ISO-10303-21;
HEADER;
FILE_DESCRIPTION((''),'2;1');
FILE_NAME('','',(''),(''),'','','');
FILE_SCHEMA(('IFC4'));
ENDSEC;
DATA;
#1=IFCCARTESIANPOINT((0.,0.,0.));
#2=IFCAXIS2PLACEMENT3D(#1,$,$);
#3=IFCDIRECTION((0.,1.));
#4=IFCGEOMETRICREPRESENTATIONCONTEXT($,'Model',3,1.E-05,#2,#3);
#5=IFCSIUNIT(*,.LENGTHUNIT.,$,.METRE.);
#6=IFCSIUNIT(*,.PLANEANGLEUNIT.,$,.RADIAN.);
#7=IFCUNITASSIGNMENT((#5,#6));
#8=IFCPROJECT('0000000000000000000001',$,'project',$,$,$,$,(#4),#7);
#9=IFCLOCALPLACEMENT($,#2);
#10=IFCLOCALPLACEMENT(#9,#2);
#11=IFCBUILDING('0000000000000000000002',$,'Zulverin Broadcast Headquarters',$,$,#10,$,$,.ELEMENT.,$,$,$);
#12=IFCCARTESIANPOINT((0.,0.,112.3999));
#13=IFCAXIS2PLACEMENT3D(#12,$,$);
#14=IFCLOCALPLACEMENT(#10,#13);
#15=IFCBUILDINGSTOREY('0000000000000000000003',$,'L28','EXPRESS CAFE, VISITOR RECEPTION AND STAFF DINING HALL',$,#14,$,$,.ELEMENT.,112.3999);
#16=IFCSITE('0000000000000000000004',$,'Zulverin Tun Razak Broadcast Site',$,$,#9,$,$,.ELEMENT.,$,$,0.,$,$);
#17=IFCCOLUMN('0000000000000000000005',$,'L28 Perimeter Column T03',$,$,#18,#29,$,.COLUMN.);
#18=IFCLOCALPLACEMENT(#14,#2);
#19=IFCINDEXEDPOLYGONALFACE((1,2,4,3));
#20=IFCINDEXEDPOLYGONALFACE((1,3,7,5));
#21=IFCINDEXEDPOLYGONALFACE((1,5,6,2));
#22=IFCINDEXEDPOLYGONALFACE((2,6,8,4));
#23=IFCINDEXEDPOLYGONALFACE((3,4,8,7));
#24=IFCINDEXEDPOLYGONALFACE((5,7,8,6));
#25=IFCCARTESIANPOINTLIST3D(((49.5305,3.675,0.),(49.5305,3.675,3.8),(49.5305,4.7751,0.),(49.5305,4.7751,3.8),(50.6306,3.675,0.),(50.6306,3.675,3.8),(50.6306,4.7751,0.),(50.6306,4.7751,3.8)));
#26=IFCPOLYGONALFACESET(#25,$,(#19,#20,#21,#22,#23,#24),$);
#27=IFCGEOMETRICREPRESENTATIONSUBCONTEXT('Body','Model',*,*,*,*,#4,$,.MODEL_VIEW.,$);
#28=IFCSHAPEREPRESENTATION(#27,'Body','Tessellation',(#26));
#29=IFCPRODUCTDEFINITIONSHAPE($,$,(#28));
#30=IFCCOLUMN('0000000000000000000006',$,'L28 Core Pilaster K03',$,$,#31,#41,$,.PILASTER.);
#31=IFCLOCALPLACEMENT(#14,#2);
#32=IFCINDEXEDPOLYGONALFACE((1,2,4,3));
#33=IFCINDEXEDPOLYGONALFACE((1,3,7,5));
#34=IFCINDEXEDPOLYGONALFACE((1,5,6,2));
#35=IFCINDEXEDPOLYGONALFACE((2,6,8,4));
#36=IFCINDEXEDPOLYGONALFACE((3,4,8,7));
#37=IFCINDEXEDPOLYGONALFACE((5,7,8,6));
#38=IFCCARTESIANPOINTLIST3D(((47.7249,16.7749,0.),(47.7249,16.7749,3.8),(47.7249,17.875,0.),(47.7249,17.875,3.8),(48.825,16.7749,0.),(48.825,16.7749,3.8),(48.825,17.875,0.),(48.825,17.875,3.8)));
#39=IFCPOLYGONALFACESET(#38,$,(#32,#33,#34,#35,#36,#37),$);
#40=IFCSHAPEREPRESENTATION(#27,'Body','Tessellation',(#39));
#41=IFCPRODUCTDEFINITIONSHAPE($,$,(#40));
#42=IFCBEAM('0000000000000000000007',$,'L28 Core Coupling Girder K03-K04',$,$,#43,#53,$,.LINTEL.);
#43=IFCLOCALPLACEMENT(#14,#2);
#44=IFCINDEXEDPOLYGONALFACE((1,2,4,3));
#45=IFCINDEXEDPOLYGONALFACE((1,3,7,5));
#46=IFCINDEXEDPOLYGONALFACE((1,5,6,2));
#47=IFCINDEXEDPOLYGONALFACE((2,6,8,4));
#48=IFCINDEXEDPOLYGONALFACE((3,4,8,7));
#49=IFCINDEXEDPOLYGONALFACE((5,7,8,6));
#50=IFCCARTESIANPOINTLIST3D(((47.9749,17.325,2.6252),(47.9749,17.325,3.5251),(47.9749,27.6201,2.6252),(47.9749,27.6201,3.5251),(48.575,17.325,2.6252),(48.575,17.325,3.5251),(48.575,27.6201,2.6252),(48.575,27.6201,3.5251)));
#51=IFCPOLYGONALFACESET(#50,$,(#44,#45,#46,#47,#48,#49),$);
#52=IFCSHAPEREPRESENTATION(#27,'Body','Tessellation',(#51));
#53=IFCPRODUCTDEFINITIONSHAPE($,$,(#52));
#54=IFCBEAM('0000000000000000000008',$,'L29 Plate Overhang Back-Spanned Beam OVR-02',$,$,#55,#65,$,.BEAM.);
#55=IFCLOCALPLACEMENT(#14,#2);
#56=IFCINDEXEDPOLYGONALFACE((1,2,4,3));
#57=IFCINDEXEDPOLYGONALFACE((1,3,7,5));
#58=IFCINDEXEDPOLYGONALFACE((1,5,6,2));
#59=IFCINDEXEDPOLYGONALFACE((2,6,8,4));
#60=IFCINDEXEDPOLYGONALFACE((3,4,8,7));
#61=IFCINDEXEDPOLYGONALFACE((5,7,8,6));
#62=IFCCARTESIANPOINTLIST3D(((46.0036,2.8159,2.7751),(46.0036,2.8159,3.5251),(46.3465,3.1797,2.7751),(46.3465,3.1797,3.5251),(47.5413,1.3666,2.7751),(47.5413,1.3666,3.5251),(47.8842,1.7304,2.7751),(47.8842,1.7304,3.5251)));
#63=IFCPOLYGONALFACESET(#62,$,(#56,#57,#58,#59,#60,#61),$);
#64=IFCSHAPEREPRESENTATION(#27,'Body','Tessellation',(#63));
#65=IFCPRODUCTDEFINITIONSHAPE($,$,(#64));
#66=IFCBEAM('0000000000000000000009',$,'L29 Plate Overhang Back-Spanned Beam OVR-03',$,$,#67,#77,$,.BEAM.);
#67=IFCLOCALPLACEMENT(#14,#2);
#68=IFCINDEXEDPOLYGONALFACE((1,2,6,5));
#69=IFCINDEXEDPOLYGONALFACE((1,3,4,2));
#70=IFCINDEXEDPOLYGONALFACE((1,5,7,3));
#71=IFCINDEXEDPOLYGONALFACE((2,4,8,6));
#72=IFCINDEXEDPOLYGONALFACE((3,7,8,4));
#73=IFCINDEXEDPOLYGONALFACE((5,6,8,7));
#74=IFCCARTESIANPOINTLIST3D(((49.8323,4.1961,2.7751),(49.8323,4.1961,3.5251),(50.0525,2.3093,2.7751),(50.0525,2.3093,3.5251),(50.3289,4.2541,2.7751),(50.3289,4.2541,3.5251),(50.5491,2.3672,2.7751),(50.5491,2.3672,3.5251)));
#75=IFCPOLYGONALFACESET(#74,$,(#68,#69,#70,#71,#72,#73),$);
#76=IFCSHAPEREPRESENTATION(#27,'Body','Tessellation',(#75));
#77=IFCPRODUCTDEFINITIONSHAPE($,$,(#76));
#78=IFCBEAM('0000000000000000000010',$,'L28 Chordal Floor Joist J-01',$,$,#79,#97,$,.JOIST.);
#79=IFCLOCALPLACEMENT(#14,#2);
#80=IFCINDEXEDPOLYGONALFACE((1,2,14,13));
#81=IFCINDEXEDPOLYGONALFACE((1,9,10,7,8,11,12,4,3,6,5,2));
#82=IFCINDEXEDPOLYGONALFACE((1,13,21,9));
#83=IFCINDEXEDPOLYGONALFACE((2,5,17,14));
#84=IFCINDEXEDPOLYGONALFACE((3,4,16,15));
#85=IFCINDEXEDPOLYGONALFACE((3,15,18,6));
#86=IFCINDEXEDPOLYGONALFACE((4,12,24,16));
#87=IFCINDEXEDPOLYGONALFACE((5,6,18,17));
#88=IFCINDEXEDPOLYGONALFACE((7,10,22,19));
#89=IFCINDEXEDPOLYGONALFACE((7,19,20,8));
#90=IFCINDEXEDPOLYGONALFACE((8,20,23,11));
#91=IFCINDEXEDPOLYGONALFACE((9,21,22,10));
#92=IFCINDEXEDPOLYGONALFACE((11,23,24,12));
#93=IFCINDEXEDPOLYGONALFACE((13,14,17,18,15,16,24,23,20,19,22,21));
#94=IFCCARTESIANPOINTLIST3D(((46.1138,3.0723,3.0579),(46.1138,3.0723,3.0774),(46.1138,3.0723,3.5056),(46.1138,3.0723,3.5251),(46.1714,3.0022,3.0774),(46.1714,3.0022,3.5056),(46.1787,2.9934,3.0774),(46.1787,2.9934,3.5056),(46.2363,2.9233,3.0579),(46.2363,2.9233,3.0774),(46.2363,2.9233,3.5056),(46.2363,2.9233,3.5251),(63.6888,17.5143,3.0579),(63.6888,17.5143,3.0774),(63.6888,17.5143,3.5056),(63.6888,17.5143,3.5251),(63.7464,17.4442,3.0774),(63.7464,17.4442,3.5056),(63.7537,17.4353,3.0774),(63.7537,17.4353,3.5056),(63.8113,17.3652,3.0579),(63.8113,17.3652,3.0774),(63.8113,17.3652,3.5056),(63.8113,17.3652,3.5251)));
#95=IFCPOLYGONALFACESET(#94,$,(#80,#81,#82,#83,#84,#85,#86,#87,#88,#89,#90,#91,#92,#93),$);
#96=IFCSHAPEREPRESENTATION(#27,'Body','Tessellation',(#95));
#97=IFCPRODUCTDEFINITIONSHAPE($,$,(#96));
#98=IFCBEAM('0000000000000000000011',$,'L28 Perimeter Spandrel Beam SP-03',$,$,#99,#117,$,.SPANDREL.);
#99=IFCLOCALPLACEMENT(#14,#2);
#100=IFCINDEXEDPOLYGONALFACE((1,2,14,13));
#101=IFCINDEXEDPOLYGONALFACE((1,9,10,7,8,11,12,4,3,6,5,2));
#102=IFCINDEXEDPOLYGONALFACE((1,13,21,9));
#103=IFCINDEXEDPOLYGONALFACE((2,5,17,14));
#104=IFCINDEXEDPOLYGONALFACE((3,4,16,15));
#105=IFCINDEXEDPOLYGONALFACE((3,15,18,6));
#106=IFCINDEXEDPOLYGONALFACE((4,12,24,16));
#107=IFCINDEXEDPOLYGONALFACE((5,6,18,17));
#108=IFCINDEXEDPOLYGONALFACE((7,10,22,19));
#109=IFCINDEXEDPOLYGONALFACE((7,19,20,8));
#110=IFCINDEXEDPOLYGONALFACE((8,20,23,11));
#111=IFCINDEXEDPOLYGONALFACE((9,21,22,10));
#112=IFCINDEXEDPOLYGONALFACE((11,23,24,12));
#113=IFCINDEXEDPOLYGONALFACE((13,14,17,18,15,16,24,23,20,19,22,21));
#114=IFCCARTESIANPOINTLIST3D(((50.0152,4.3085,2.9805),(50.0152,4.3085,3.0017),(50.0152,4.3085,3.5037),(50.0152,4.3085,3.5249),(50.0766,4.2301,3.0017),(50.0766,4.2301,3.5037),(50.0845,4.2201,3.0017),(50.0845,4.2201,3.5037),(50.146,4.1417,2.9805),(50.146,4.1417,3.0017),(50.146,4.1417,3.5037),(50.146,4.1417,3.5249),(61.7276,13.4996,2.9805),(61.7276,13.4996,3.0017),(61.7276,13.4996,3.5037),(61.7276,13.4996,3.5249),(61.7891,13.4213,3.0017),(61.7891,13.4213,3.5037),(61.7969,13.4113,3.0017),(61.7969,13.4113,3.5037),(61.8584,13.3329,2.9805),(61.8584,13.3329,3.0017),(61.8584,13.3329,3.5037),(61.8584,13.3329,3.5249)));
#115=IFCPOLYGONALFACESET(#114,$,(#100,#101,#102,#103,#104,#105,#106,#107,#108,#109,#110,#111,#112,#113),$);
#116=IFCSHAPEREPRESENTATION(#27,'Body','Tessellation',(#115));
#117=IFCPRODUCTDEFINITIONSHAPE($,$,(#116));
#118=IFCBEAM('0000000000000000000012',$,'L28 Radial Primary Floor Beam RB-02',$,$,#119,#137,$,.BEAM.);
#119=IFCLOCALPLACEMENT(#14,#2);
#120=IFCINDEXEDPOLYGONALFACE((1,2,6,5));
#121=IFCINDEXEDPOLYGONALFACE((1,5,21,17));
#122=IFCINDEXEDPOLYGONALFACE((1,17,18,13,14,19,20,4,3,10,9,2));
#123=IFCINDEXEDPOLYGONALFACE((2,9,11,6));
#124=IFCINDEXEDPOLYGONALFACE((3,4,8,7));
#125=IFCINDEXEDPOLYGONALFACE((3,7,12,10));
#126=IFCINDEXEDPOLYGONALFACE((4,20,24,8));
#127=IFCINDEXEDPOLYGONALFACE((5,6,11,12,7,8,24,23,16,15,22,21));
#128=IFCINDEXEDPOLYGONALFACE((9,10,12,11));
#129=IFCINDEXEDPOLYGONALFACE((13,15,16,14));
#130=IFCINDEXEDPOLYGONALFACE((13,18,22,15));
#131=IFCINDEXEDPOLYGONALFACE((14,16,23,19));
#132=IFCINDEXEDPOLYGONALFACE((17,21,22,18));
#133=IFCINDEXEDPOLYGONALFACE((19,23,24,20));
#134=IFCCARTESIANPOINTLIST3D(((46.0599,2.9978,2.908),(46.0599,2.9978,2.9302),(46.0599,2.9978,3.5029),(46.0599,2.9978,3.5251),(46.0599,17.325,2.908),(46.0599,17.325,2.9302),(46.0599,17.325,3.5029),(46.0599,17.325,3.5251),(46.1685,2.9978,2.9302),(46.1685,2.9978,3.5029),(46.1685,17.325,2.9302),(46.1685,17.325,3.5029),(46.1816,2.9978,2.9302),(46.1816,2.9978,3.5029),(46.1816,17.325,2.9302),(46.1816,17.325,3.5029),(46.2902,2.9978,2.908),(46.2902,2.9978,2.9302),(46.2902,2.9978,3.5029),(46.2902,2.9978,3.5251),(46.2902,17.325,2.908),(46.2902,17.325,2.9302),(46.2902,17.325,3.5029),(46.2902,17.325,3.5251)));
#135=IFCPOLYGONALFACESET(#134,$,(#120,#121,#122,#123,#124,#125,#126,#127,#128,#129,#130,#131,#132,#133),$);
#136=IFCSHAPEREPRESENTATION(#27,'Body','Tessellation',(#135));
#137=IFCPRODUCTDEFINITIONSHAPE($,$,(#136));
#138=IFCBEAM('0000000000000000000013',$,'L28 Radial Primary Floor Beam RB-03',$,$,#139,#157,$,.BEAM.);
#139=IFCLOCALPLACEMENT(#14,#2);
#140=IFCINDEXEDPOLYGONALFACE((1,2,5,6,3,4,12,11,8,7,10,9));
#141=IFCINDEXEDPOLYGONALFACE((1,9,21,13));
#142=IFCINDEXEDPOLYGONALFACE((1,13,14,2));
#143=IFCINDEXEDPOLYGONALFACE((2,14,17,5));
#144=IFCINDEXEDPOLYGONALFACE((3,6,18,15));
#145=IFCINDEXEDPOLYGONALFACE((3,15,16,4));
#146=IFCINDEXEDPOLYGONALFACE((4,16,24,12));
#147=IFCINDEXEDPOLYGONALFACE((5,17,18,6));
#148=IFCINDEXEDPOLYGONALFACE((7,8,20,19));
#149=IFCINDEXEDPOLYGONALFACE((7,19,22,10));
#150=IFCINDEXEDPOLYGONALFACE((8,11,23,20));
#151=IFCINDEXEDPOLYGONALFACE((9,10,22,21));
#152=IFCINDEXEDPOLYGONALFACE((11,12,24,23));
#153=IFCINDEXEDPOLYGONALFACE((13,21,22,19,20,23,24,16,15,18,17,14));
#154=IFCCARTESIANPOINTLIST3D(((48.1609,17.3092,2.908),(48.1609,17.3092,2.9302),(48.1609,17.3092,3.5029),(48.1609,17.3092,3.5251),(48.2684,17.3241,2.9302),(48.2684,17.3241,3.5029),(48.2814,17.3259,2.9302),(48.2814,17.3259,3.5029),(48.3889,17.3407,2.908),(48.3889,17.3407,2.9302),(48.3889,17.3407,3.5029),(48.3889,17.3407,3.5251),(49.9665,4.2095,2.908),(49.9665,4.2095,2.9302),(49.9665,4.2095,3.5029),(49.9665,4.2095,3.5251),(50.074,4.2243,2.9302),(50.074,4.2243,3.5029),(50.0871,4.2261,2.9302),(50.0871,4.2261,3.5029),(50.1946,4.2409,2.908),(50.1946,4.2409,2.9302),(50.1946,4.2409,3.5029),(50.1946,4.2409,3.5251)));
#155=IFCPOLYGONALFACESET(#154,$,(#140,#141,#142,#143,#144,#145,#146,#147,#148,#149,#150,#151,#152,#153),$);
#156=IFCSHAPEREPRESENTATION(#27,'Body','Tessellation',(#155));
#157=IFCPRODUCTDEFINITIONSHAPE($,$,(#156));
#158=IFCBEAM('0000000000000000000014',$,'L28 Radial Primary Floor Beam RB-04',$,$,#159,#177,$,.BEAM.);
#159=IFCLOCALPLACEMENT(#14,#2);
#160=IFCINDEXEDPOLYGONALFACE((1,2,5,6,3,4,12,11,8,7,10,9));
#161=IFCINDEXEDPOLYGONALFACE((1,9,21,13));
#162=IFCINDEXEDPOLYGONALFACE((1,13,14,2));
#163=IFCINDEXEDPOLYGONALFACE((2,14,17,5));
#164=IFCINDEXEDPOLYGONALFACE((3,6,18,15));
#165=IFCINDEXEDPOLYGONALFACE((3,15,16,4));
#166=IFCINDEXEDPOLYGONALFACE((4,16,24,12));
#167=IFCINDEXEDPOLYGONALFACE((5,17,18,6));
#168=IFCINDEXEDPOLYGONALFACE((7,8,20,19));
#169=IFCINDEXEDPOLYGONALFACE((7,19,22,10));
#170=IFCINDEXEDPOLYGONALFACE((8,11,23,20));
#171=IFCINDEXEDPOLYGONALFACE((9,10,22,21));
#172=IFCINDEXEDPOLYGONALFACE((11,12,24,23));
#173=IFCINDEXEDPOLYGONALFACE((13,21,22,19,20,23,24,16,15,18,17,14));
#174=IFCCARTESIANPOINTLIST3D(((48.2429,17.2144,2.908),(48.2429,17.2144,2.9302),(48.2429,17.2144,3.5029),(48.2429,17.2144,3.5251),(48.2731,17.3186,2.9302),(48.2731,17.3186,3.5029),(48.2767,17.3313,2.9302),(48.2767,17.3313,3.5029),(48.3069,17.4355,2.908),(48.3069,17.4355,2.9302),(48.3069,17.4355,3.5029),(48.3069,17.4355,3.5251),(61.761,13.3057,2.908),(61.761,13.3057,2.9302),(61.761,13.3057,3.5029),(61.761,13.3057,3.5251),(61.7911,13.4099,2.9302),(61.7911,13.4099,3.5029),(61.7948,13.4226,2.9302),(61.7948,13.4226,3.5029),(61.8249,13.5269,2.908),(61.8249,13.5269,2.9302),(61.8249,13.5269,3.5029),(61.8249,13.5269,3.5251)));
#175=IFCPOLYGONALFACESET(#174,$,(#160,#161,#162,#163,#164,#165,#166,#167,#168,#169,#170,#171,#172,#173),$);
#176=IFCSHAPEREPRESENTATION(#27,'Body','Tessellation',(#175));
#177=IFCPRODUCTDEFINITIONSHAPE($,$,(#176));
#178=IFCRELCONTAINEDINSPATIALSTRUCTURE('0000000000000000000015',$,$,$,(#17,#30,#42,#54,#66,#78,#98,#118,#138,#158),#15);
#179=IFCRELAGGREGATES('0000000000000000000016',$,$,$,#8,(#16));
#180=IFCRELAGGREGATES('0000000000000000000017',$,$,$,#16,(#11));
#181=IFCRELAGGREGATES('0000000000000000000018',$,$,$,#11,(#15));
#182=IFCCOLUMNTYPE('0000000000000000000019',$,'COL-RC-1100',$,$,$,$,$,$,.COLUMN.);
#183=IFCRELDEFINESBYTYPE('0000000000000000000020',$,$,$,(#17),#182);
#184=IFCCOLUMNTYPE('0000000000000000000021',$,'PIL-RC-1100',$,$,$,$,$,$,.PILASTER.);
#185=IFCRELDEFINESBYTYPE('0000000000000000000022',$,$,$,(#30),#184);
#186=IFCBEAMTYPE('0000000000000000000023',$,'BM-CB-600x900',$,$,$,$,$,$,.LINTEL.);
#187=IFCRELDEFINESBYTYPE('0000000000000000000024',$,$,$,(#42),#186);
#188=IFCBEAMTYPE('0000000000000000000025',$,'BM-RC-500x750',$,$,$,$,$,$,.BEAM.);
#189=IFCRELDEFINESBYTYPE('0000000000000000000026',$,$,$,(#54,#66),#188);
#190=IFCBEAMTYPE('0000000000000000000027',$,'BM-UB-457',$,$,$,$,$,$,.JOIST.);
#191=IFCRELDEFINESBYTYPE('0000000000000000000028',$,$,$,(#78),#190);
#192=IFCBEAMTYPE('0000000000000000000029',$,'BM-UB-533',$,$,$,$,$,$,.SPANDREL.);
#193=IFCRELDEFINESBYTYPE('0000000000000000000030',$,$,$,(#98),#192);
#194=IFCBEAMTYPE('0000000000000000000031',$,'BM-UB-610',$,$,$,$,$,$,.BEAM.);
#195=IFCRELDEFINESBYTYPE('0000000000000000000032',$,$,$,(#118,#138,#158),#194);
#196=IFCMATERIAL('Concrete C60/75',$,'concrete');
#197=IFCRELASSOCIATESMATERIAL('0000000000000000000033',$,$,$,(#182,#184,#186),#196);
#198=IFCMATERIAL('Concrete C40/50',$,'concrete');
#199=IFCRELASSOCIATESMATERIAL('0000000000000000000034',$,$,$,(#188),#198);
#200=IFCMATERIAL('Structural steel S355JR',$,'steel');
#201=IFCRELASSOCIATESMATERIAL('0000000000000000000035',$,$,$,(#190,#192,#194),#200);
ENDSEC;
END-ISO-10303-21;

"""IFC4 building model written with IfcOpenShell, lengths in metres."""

from ifc_helpers import new_model, si_unit, direction, frame, origin, origin_2d, place, context, subcontext, project, spatial, rectangle, i_section, extrude, material, material_profile, profile_set, type_object, element, save


model = new_model("IFC4")

# Units and contexts
model_context = context("Model", 3, precision=1e-05, world=origin(), true_north=direction((0.0, 1.0)))
body_context = subcontext(model_context, "Body", "Model", "MODEL_VIEW")
ifc_project = project(units=[si_unit("LENGTHUNIT", "METRE"), si_unit("PLANEANGLEUNIT", "RADIAN")], contexts=[model_context])

# Site, building, storey
site_placement = place(None, origin())
site = spatial("IfcSite", under=ifc_project, at=site_placement, Name="Zulverin Tun Razak Broadcast Site", CompositionType="ELEMENT", RefElevation=0.0)
building_placement = place(site_placement, origin())
building = spatial("IfcBuilding", under=site, at=building_placement, Name="Zulverin Broadcast Headquarters", CompositionType="ELEMENT")
storey_placement = place(building_placement, frame((0.0, 0.0, 112.3999)))
storey = spatial("IfcBuildingStorey", under=building, at=storey_placement, Name="L28", Description="EXPRESS CAFE, VISITOR RECEPTION AND STAFF DINING HALL", CompositionType="ELEMENT", Elevation=112.3999)

# Columns
ifc_material_1 = material(Name="Concrete C60/75", Category="concrete")
ifc_material_profile_1 = material_profile(ifc_material_1, rectangle(XDim=1.1001, YDim=1.1001, at=origin_2d()), Name="Concrete C60/75", Category="concrete")
ifc_profile_set_1 = profile_set([ifc_material_profile_1], Name="Concrete C60/75")
column_type_1 = type_object("IfcColumnType", Name="COL-RC-1100", PredefinedType="COLUMN", material=ifc_profile_set_1)
column_1_placement = place(storey_placement, frame((50.0806, 4.2251, 0.0), z_axis=(0.0, 0.0, 1.0), x_axis=(1.0, 0.0, 0.0)))
element("IfcColumn", 1, at=column_1_placement, inside=storey, type_object=column_type_1, Name="L28 Perimeter Column T03", PredefinedType="COLUMN", context=body_context, shape_type="SweptSolid", body=[
    extrude(rectangle(XDim=1.1001, YDim=1.1001, at=origin_2d()), origin(), (0.0, 0.0, 1.0), 3.8),
])
ifc_material_profile_2 = material_profile(ifc_material_1, rectangle(XDim=1.1001, YDim=1.1001, at=origin_2d()), Name="Concrete C60/75", Category="concrete")
ifc_profile_set_2 = profile_set([ifc_material_profile_2], Name="Concrete C60/75")
column_type_2 = type_object("IfcColumnType", Name="PIL-RC-1100", PredefinedType="PILASTER", material=ifc_profile_set_2)
column_2_placement = place(storey_placement, frame((48.2749, 17.325, 0.0), z_axis=(0.0, 0.0, 1.0), x_axis=(1.0, 0.0, 0.0)))
element("IfcColumn", 2, at=column_2_placement, inside=storey, type_object=column_type_2, Name="L28 Core Pilaster K03", PredefinedType="PILASTER", context=body_context, shape_type="SweptSolid", body=[
    extrude(rectangle(XDim=1.1001, YDim=1.1001, at=origin_2d()), origin(), (0.0, 0.0, 1.0), 3.8),
])

# Beams
ifc_material_profile_3 = material_profile(ifc_material_1, rectangle(XDim=0.6001, YDim=0.8999, at=origin_2d()), Name="Concrete C60/75", Category="concrete")
ifc_profile_set_3 = profile_set([ifc_material_profile_3], Name="Concrete C60/75")
beam_type_1 = type_object("IfcBeamType", Name="BM-CB-600x900", PredefinedType="LINTEL", material=ifc_profile_set_3)
beam_1_placement = place(storey_placement, frame((48.2749, 17.325, 3.0752), z_axis=(0.0, 1.0, 0.0), x_axis=(-1.0, 0.0, 0.0)))
element("IfcBeam", 3, at=beam_1_placement, inside=storey, type_object=beam_type_1, Name="L28 Core Coupling Girder K03-K04", PredefinedType="LINTEL", context=body_context, shape_type="SweptSolid", body=[
    extrude(rectangle(XDim=0.6001, YDim=0.8999, at=origin_2d()), origin(), (0.0, 0.0, 1.0), 10.2952),
])
ifc_material_2 = material(Name="Concrete C40/50", Category="concrete")
ifc_material_profile_4 = material_profile(ifc_material_2, rectangle(XDim=0.5, YDim=0.75, at=origin_2d()), Name="Concrete C40/50", Category="concrete")
ifc_profile_set_4 = profile_set([ifc_material_profile_4], Name="Concrete C40/50")
beam_type_2 = type_object("IfcBeamType", Name="BM-RC-500x750", PredefinedType="BEAM", material=ifc_profile_set_4)
beam_2_placement = place(storey_placement, frame((46.175, 2.9978, 3.1501), z_axis=(0.727711, -0.685884, 0.0), x_axis=(0.685884, 0.727711, 0.0)))
element("IfcBeam", 4, at=beam_2_placement, inside=storey, type_object=beam_type_2, Name="L29 Plate Overhang Back-Spanned Beam OVR-02", PredefinedType="BEAM", context=body_context, shape_type="SweptSolid", body=[
    extrude(rectangle(XDim=0.5, YDim=0.75, at=origin_2d()), origin(), (0.0, 0.0, 1.0), 2.113),
])
beam_3_placement = place(storey_placement, frame((50.0806, 4.2251, 3.1501), z_axis=(0.115917, -0.993259, 0.0), x_axis=(0.993259, 0.115917, 0.0)))
element("IfcBeam", 5, at=beam_3_placement, inside=storey, type_object=beam_type_2, Name="L29 Plate Overhang Back-Spanned Beam OVR-03", PredefinedType="BEAM", context=body_context, shape_type="SweptSolid", body=[
    extrude(rectangle(XDim=0.5, YDim=0.75, at=origin_2d()), origin(), (0.0, 0.0, 1.0), 1.8997),
])
ifc_material_3 = material(Name="Structural steel S355JR", Category="steel")
ifc_material_profile_5 = material_profile(ifc_material_3, i_section(OverallWidth=0.1929, OverallDepth=0.4673, WebThickness=0.0115, FlangeThickness=0.0195, at=origin_2d()), Name="Structural steel S355JR", Category="steel")
ifc_profile_set_5 = profile_set([ifc_material_profile_5], Name="Structural steel S355JR")
beam_type_3 = type_object("IfcBeamType", Name="BM-UB-457", PredefinedType="JOIST", material=ifc_profile_set_5)
beam_4_placement = place(storey_placement, frame((46.175, 2.9978, 3.2915), z_axis=(0.772611, 0.634879, 0.0), x_axis=(-0.634879, 0.772611, 0.0)))
element("IfcBeam", 6, at=beam_4_placement, inside=storey, type_object=beam_type_3, Name="L28 Chordal Floor Joist J-01", PredefinedType="JOIST", context=body_context, shape_type="SweptSolid", body=[
    extrude(i_section(OverallWidth=0.1929, OverallDepth=0.4673, WebThickness=0.0115, FlangeThickness=0.0195, at=origin_2d()), origin(), (0.0, 0.0, 1.0), 22.7476),
])
ifc_material_profile_6 = material_profile(ifc_material_3, i_section(OverallWidth=0.2119, OverallDepth=0.5444, WebThickness=0.0127, FlangeThickness=0.0212, at=origin_2d()), Name="Structural steel S355JR", Category="steel")
ifc_profile_set_6 = profile_set([ifc_material_profile_6], Name="Structural steel S355JR")
beam_type_4 = type_object("IfcBeamType", Name="BM-UB-533", PredefinedType="SPANDREL", material=ifc_profile_set_6)
beam_5_placement = place(storey_placement, frame((50.0806, 4.2251, 3.2527), z_axis=(0.786691, 0.617346, 0.0), x_axis=(-0.617346, 0.786691, 0.0)))
element("IfcBeam", 7, at=beam_5_placement, inside=storey, type_object=beam_type_4, Name="L28 Perimeter Spandrel Beam SP-03", PredefinedType="SPANDREL", context=body_context, shape_type="SweptSolid", body=[
    extrude(i_section(OverallWidth=0.2119, OverallDepth=0.5444, WebThickness=0.0127, FlangeThickness=0.0212, at=origin_2d()), origin(), (0.0, 0.0, 1.0), 14.8882),
])
ifc_material_profile_7 = material_profile(ifc_material_3, i_section(OverallWidth=0.2302, OverallDepth=0.6172, WebThickness=0.0132, FlangeThickness=0.0222, at=origin_2d()), Name="Structural steel S355JR", Category="steel")
ifc_profile_set_7 = profile_set([ifc_material_profile_7], Name="Structural steel S355JR")
beam_type_5 = type_object("IfcBeamType", Name="BM-UB-610", PredefinedType="BEAM", material=ifc_profile_set_7)
beam_6_placement = place(storey_placement, frame((46.175, 17.325, 3.2166), z_axis=(0.0, -1.0, 0.0), x_axis=(1.0, 0.0, 0.0)))
element("IfcBeam", 8, at=beam_6_placement, inside=storey, type_object=beam_type_5, Name="L28 Radial Primary Floor Beam RB-02", PredefinedType="BEAM", context=body_context, shape_type="SweptSolid", body=[
    extrude(i_section(OverallWidth=0.2302, OverallDepth=0.6172, WebThickness=0.0132, FlangeThickness=0.0222, at=origin_2d()), origin(), (0.0, 0.0, 1.0), 14.3271),
])
beam_7_placement = place(storey_placement, frame((48.2749, 17.325, 3.2166), z_axis=(0.136547, -0.990634, 0.0), x_axis=(0.990634, 0.136547, 0.0)))
element("IfcBeam", 9, at=beam_7_placement, inside=storey, type_object=beam_type_5, Name="L28 Radial Primary Floor Beam RB-03", PredefinedType="BEAM", context=body_context, shape_type="SweptSolid", body=[
    extrude(i_section(OverallWidth=0.2302, OverallDepth=0.6172, WebThickness=0.0132, FlangeThickness=0.0222, at=origin_2d()), origin(), (0.0, 0.0, 1.0), 13.2236),
])
beam_8_placement = place(storey_placement, frame((48.2749, 17.325, 3.2166), z_axis=(0.960648, -0.277767, 0.0), x_axis=(0.277767, 0.960648, 0.0)))
element("IfcBeam", 10, at=beam_8_placement, inside=storey, type_object=beam_type_5, Name="L28 Radial Primary Floor Beam RB-04", PredefinedType="BEAM", context=body_context, shape_type="SweptSolid", body=[
    extrude(i_section(OverallWidth=0.2302, OverallDepth=0.6172, WebThickness=0.0132, FlangeThickness=0.0222, at=origin_2d()), origin(), (0.0, 0.0, 1.0), 14.0718),
])

save(model, "model.ifc")
